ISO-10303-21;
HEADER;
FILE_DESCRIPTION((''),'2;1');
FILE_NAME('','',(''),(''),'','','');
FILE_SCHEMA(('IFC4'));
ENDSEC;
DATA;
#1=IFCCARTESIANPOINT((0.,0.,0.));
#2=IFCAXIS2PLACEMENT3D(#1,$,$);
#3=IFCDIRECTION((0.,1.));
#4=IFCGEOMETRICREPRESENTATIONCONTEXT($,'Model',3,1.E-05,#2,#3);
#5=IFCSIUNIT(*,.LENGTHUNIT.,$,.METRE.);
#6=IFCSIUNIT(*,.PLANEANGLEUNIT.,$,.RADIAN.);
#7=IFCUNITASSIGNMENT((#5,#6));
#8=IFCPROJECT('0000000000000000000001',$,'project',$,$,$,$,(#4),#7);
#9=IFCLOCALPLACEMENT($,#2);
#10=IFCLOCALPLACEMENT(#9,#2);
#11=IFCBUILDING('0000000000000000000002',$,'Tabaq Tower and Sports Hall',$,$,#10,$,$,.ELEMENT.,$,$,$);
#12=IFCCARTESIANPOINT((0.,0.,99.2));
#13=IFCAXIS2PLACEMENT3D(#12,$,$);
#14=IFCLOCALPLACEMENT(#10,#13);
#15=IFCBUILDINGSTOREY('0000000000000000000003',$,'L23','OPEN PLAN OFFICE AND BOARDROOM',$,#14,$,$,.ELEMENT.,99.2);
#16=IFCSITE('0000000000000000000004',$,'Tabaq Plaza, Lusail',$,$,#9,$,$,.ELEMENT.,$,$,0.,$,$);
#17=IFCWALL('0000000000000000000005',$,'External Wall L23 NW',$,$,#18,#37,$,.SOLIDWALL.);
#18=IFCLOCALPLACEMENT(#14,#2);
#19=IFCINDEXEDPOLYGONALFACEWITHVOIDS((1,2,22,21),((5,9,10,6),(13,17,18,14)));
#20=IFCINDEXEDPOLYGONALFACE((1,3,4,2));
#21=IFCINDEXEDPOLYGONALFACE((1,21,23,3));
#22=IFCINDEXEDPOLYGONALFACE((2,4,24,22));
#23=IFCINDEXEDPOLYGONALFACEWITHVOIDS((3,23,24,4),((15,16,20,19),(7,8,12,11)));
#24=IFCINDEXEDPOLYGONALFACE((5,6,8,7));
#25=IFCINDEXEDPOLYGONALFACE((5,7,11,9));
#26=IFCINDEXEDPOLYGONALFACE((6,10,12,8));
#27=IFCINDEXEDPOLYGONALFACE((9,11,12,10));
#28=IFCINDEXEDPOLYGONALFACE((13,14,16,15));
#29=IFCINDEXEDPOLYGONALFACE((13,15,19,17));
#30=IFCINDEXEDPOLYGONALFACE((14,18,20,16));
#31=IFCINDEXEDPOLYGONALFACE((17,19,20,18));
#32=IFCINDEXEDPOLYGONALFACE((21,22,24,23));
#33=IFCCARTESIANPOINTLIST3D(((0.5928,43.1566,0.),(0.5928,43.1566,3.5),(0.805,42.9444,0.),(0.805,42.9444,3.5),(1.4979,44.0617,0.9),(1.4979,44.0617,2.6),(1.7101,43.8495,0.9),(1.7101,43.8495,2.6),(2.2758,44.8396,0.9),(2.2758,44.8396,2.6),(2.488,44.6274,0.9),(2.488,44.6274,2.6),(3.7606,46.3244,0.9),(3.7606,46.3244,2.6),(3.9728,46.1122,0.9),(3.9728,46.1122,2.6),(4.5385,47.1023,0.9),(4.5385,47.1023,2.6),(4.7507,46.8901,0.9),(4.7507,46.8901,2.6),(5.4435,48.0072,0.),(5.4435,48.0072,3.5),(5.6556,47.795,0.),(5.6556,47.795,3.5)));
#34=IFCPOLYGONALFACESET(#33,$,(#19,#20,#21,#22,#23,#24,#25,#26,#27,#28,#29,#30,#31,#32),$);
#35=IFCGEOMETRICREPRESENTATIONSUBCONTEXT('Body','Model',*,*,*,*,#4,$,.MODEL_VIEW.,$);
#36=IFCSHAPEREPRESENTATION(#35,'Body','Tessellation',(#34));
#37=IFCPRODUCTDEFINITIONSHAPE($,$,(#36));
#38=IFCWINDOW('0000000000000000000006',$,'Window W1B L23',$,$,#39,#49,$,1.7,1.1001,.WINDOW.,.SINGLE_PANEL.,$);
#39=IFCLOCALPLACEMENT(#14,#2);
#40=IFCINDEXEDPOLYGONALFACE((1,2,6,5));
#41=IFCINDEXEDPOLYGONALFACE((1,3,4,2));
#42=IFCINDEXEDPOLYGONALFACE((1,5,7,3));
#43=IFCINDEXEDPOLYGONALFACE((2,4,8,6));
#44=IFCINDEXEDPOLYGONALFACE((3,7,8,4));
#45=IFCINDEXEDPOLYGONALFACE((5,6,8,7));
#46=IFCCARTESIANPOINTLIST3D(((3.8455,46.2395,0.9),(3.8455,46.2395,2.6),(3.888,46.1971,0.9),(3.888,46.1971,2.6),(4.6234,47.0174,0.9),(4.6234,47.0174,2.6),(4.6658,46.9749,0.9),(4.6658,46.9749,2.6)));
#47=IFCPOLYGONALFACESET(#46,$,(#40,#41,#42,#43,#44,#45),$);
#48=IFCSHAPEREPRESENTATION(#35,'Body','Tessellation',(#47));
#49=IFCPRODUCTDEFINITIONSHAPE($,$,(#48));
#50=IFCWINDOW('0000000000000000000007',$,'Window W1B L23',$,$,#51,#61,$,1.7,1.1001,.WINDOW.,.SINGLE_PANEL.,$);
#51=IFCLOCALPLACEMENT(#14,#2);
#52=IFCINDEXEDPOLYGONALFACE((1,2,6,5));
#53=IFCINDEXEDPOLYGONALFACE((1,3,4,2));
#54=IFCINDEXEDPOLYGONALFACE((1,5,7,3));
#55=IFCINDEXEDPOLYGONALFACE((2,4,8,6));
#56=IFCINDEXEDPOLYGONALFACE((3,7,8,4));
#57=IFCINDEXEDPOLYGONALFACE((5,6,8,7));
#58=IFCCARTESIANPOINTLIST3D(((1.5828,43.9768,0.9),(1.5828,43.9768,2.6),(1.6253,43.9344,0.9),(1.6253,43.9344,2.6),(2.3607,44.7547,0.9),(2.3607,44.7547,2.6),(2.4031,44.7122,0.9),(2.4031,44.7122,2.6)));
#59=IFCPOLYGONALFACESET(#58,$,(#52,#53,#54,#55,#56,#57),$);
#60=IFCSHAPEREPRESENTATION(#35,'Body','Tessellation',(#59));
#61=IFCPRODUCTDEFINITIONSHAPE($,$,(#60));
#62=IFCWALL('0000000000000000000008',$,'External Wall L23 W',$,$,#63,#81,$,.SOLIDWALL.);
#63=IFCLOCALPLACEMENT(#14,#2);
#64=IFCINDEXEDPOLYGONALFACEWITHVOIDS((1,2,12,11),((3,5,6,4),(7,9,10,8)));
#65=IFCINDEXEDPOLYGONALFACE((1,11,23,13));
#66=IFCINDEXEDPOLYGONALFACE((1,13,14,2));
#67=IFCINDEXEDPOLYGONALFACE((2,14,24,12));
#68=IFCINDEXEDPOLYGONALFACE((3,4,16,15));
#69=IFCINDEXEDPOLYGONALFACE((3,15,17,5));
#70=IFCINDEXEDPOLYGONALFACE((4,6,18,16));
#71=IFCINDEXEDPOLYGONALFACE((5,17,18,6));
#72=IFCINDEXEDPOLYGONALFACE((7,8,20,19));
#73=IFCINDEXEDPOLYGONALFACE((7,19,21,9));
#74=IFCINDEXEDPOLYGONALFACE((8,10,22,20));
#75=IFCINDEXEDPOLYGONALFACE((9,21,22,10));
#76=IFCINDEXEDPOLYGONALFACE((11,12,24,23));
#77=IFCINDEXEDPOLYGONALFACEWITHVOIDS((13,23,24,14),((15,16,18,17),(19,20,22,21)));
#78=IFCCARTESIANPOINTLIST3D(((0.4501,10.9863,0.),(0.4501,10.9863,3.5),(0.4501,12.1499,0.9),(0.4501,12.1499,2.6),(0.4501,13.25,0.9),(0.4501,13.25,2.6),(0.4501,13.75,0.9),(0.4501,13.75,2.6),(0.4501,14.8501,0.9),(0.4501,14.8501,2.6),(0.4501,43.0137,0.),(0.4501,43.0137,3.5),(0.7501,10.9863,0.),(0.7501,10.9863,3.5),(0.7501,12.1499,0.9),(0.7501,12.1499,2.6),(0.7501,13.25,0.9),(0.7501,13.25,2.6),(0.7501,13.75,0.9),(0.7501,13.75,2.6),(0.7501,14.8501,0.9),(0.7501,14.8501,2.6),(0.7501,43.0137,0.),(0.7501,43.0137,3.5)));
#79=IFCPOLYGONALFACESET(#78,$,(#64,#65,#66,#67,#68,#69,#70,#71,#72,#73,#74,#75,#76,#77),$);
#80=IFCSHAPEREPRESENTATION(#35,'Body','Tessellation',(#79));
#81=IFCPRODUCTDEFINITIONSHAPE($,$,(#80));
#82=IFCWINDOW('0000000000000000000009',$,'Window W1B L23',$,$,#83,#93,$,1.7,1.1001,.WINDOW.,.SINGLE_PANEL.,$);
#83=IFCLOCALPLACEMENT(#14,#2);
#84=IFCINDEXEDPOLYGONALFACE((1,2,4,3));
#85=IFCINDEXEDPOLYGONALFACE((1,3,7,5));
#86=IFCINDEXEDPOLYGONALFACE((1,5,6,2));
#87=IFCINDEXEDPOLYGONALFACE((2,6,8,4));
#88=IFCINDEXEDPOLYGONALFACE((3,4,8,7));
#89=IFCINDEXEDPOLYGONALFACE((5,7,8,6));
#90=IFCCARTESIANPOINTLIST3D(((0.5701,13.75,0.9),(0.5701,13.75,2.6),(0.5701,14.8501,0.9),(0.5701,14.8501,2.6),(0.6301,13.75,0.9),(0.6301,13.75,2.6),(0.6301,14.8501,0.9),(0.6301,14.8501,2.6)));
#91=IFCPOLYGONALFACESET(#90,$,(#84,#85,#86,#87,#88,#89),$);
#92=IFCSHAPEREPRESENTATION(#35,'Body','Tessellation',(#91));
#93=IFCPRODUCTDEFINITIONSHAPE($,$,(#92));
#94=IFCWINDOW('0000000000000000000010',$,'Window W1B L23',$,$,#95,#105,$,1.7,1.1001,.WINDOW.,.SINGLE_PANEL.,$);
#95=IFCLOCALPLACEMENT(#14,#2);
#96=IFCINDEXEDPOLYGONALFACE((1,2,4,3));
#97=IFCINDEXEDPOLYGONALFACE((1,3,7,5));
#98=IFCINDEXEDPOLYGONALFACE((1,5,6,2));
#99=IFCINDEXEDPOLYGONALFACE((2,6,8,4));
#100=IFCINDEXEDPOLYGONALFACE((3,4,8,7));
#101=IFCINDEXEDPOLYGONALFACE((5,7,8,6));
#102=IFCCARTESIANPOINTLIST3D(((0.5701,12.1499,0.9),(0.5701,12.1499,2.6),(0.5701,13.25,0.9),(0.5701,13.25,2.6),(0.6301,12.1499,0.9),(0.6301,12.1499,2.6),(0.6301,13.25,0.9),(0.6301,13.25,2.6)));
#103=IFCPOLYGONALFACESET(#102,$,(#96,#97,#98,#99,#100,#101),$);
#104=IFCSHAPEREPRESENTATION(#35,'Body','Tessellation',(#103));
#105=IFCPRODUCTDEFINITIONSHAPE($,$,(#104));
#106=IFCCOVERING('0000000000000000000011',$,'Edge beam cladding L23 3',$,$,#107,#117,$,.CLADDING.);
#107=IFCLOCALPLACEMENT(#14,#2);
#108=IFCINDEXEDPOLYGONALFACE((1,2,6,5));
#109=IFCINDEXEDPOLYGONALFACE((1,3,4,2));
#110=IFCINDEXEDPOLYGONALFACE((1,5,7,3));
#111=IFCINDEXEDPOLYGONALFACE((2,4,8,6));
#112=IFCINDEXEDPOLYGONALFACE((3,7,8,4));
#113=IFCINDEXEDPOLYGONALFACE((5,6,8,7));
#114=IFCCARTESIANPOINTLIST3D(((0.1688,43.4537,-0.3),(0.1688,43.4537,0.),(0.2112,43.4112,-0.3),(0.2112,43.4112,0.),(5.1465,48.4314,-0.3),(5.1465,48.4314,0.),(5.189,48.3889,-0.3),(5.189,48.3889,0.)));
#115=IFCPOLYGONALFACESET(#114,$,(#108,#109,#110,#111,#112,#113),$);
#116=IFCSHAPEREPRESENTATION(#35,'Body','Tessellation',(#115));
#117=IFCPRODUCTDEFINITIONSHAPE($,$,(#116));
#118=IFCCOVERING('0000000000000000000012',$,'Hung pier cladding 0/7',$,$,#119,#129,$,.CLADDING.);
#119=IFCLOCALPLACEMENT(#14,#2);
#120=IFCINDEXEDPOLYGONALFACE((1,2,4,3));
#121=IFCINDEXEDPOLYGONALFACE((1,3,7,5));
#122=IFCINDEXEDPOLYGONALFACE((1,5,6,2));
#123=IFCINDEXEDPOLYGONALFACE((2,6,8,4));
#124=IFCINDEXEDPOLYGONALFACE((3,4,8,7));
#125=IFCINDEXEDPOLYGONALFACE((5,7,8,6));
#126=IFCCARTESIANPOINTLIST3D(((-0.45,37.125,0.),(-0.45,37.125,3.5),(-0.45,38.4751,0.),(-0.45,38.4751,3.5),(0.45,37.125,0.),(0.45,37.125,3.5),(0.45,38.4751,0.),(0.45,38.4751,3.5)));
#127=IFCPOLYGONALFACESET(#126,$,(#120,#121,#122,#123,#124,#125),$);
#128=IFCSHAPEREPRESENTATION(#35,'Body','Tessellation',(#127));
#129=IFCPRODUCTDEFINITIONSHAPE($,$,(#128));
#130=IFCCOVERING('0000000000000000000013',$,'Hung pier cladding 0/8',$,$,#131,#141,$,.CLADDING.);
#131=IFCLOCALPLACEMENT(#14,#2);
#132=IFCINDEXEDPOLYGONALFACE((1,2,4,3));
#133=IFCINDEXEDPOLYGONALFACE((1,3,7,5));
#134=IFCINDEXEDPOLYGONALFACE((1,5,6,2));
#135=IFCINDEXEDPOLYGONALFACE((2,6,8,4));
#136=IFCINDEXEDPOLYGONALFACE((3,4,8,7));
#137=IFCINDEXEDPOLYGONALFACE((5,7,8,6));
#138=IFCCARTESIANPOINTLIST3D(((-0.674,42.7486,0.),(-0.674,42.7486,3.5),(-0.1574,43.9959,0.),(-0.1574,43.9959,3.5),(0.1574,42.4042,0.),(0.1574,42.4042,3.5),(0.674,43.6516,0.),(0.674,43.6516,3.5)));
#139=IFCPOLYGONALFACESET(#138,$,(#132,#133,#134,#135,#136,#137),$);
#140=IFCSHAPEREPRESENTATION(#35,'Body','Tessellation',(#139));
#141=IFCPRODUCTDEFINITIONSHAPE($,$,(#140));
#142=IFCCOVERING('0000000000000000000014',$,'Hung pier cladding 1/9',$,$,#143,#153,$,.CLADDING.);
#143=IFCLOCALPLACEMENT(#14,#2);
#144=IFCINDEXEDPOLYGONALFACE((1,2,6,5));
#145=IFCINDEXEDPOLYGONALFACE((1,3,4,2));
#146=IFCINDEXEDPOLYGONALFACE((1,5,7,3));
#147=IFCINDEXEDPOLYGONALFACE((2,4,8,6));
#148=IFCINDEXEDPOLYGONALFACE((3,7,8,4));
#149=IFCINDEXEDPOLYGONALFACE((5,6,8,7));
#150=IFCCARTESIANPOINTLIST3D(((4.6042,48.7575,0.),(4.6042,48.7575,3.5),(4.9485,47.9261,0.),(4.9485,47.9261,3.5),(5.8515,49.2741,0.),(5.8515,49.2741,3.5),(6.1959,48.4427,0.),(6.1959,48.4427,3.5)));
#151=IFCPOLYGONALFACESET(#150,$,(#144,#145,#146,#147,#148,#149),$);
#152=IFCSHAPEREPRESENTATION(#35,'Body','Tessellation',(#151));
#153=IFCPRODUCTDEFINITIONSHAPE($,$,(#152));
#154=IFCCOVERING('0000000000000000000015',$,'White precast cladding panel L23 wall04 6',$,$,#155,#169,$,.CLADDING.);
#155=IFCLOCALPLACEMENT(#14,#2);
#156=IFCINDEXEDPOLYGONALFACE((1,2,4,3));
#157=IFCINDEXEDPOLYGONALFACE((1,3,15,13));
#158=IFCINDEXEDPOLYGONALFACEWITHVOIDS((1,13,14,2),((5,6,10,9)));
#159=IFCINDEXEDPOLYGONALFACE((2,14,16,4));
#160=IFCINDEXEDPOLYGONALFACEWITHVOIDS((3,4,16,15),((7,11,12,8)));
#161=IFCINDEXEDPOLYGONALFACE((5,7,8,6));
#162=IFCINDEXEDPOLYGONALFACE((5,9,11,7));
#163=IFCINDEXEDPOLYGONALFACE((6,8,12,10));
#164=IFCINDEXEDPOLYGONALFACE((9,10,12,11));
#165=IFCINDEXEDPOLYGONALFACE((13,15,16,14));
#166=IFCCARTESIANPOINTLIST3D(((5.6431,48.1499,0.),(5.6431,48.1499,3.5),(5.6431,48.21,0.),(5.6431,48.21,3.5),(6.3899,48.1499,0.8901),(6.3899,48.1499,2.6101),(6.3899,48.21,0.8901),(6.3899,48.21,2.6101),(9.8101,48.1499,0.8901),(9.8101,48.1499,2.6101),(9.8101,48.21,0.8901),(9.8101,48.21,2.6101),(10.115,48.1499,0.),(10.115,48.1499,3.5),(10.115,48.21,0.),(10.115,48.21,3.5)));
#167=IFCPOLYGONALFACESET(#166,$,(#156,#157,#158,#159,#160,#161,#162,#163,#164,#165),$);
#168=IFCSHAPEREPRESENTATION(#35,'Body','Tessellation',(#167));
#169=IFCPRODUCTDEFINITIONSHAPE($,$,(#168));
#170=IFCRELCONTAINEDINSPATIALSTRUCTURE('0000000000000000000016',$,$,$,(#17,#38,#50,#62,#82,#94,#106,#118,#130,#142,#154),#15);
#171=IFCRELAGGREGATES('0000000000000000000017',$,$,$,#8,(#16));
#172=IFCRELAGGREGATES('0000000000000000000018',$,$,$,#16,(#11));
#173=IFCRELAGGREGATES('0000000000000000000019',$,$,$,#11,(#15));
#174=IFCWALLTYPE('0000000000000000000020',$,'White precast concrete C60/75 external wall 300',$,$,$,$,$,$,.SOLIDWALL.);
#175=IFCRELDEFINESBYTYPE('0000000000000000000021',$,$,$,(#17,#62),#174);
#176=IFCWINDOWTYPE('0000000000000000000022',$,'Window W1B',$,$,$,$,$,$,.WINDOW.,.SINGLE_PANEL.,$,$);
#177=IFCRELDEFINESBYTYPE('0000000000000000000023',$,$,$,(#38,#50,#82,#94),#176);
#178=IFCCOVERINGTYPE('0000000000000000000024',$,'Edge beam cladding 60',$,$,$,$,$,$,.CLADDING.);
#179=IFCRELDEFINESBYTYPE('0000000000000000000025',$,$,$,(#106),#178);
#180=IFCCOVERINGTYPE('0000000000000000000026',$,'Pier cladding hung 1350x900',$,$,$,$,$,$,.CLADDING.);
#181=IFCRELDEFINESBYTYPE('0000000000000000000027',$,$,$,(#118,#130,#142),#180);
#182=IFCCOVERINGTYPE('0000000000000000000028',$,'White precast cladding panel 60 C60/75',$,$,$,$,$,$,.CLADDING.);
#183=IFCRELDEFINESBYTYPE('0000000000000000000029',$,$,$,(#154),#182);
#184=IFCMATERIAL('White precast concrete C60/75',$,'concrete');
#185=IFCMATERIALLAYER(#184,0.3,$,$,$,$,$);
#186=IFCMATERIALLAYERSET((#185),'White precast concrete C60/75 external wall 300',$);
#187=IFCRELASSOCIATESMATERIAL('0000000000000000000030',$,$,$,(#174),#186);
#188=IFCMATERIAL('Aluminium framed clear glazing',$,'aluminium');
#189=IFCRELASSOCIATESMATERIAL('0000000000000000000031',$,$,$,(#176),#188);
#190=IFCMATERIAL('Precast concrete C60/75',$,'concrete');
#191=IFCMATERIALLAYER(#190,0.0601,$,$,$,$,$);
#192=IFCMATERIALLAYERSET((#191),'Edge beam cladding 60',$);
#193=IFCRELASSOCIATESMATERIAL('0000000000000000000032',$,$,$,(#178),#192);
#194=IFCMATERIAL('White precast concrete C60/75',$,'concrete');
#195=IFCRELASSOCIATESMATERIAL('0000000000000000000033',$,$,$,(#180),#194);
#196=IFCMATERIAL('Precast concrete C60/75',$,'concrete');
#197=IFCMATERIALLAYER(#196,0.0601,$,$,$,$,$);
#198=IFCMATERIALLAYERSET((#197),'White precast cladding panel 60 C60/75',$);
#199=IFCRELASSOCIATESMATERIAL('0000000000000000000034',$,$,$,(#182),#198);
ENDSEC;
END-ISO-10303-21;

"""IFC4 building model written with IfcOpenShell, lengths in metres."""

from ifc_helpers import new_model, si_unit, direction, frame, frame_2d, origin, place, context, subcontext, project, spatial, polyline, rectangle, outline, extrude, material, layer, layer_set, type_object, element, fill, save


model = new_model("IFC4")

# Units and contexts
model_context = context("Model", 3, precision=1e-05, world=origin(), true_north=direction((0.0, 1.0)))
body_context = subcontext(model_context, "Body", "Model", "MODEL_VIEW")
ifc_project = project(units=[si_unit("LENGTHUNIT", "METRE"), si_unit("PLANEANGLEUNIT", "RADIAN")], contexts=[model_context])

# Site, building, storey
site_placement = place(None, origin())
site = spatial("IfcSite", under=ifc_project, at=site_placement, Name="Tabaq Plaza, Lusail", CompositionType="ELEMENT", RefElevation=0.0)
building_placement = place(site_placement, origin())
building = spatial("IfcBuilding", under=site, at=building_placement, Name="Tabaq Tower and Sports Hall", CompositionType="ELEMENT")
storey_placement = place(building_placement, frame((0.0, 0.0, 99.2)))
storey = spatial("IfcBuildingStorey", under=building, at=storey_placement, Name="L23", Description="OPEN PLAN OFFICE AND BOARDROOM", CompositionType="ELEMENT", Elevation=99.2)

# Walls, openings, windows
ifc_material_1 = material(Name="White precast concrete C60/75", Category="concrete")
ifc_layer_1 = layer(ifc_material_1, 0.3)
ifc_layer_set_1 = layer_set([ifc_layer_1], Name="White precast concrete C60/75 external wall 300")
wall_type_1 = type_object("IfcWallType", Name="White precast concrete C60/75 external wall 300", PredefinedType="SOLIDWALL", material=ifc_layer_set_1)
wall_1_placement = place(storey_placement, frame((5.5496, 47.9011, 0.0), z_axis=(0.0, 0.0, 1.0), x_axis=(-0.707107, -0.707107, 0.0)))
wall_1 = element("IfcWall", 1, at=wall_1_placement, inside=storey, type_object=wall_type_1, Name="External Wall L23 NW", PredefinedType="SOLIDWALL", context=body_context, shape_type="SweptSolid", body=[
    extrude(rectangle(XDim=6.8599, YDim=0.3, at=frame_2d((3.4299, 0.0))), origin(), (0.0, 0.0, 1.0), 3.5),
])
opening_1_placement = place(wall_1_placement, frame((1.2798, 0.0, 0.8999)))
opening_1 = element("IfcOpeningElement", 2, at=opening_1_placement, cuts=wall_1, PredefinedType="OPENING", context=body_context, shape_type="SweptSolid", body=[
    extrude(rectangle(XDim=1.1001, YDim=1.7, at=frame_2d((0.55, 0.8501))), frame((0.0, 0.1602, 0.0), z_axis=(0.0, -1.0, 0.0), x_axis=(1.0, 0.0, 0.0)), (0.0, 0.0, 1.0), 0.3201),
])
opening_2_placement = place(wall_1_placement, frame((4.4797, 0.0, 0.8999)))
opening_2 = element("IfcOpeningElement", 3, at=opening_2_placement, cuts=wall_1, PredefinedType="OPENING", context=body_context, shape_type="SweptSolid", body=[
    extrude(rectangle(XDim=1.1001, YDim=1.7, at=frame_2d((0.55, 0.8501))), frame((0.0, 0.1602, 0.0), z_axis=(0.0, -1.0, 0.0), x_axis=(1.0, 0.0, 0.0)), (0.0, 0.0, 1.0), 0.3201),
])
ifc_material_2 = material(Name="Aluminium framed clear glazing", Category="aluminium")
window_type = type_object("IfcWindowType", Name="Window W1B", PartitioningType="SINGLE_PANEL", PredefinedType="WINDOW", material=ifc_material_2)
window_1_placement = place(opening_1_placement, origin())
window_1 = element("IfcWindow", 4, at=window_1_placement, inside=storey, type_object=window_type, Name="Window W1B L23", OverallHeight=1.7, OverallWidth=1.1001, PartitioningType="SINGLE_PANEL", PredefinedType="WINDOW", context=body_context, shape_type="SweptSolid", body=[
    extrude(rectangle(XDim=1.1001, YDim=1.7, at=frame_2d((0.55, 0.8501))), frame((0.0, 0.03, 0.0), z_axis=(0.0, -1.0, 0.0), x_axis=(1.0, 0.0, 0.0)), (0.0, 0.0, 1.0), 0.0601),
])
fill(opening_1, window_1)
window_2_placement = place(opening_2_placement, origin())
window_2 = element("IfcWindow", 5, at=window_2_placement, inside=storey, type_object=window_type, Name="Window W1B L23", OverallHeight=1.7, OverallWidth=1.1001, PartitioningType="SINGLE_PANEL", PredefinedType="WINDOW", context=body_context, shape_type="SweptSolid", body=[
    extrude(rectangle(XDim=1.1001, YDim=1.7, at=frame_2d((0.55, 0.8501))), frame((0.0, 0.03, 0.0), z_axis=(0.0, -1.0, 0.0), x_axis=(1.0, 0.0, 0.0)), (0.0, 0.0, 1.0), 0.0601),
])
fill(opening_2, window_2)
wall_2_placement = place(storey_placement, frame((0.6001, 43.0137, 0.0), z_axis=(0.0, 0.0, 1.0), x_axis=(0.0, -1.0, 0.0)))
wall_2 = element("IfcWall", 6, at=wall_2_placement, inside=storey, type_object=wall_type_1, Name="External Wall L23 W", PredefinedType="SOLIDWALL", context=body_context, shape_type="SweptSolid", body=[
    extrude(rectangle(XDim=32.0273, YDim=0.3, at=frame_2d((16.0137, 0.0))), origin(), (0.0, 0.0, 1.0), 3.5),
])
opening_3_placement = place(wall_2_placement, frame((28.1636, 0.0, 0.8999)))
opening_3 = element("IfcOpeningElement", 7, at=opening_3_placement, cuts=wall_2, PredefinedType="OPENING", context=body_context, shape_type="SweptSolid", body=[
    extrude(rectangle(XDim=1.1001, YDim=1.7, at=frame_2d((0.55, 0.8501))), frame((0.0, 0.1602, 0.0), z_axis=(0.0, -1.0, 0.0), x_axis=(1.0, 0.0, 0.0)), (0.0, 0.0, 1.0), 0.3201),
])
opening_4_placement = place(wall_2_placement, frame((29.7637, 0.0, 0.8999)))
opening_4 = element("IfcOpeningElement", 8, at=opening_4_placement, cuts=wall_2, PredefinedType="OPENING", context=body_context, shape_type="SweptSolid", body=[
    extrude(rectangle(XDim=1.1001, YDim=1.7, at=frame_2d((0.55, 0.8501))), frame((0.0, 0.1602, 0.0), z_axis=(0.0, -1.0, 0.0), x_axis=(1.0, 0.0, 0.0)), (0.0, 0.0, 1.0), 0.3201),
])
window_3_placement = place(opening_3_placement, origin())
window_3 = element("IfcWindow", 9, at=window_3_placement, inside=storey, type_object=window_type, Name="Window W1B L23", OverallHeight=1.7, OverallWidth=1.1001, PartitioningType="SINGLE_PANEL", PredefinedType="WINDOW", context=body_context, shape_type="SweptSolid", body=[
    extrude(rectangle(XDim=1.1001, YDim=1.7, at=frame_2d((0.55, 0.8501))), frame((0.0, 0.03, 0.0), z_axis=(0.0, -1.0, 0.0), x_axis=(1.0, 0.0, 0.0)), (0.0, 0.0, 1.0), 0.0601),
])
fill(opening_3, window_3)
window_4_placement = place(opening_4_placement, origin())
window_4 = element("IfcWindow", 10, at=window_4_placement, inside=storey, type_object=window_type, Name="Window W1B L23", OverallHeight=1.7, OverallWidth=1.1001, PartitioningType="SINGLE_PANEL", PredefinedType="WINDOW", context=body_context, shape_type="SweptSolid", body=[
    extrude(rectangle(XDim=1.1001, YDim=1.7, at=frame_2d((0.55, 0.8501))), frame((0.0, 0.03, 0.0), z_axis=(0.0, -1.0, 0.0), x_axis=(1.0, 0.0, 0.0)), (0.0, 0.0, 1.0), 0.0601),
])
fill(opening_4, window_4)

# Coverings
ifc_material_3 = material(Name="Precast concrete C60/75", Category="concrete")
ifc_layer_2 = layer(ifc_material_3, 0.0601)
ifc_layer_set_2 = layer_set([ifc_layer_2], Name="Edge beam cladding 60")
covering_type_1 = type_object("IfcCoveringType", Name="Edge beam cladding 60", PredefinedType="CLADDING", material=ifc_layer_set_2)
covering_1_placement = place(storey_placement, frame((5.1677, 48.4102, -0.3), z_axis=(0.0, 0.0, 1.0), x_axis=(-0.707107, -0.707107, 0.0)))
element("IfcCovering", 11, at=covering_1_placement, inside=storey, type_object=covering_type_1, Name="Edge beam cladding L23 3", PredefinedType="CLADDING", context=body_context, shape_type="SweptSolid", body=[
    extrude(rectangle(XDim=7.0396, YDim=0.0601, at=frame_2d((3.5198, 0.0))), origin(), (0.0, 0.0, 1.0), 0.3),
])
ifc_material_4 = material(Name="White precast concrete C60/75", Category="concrete")
covering_type_2 = type_object("IfcCoveringType", Name="Pier cladding hung 1350x900", PredefinedType="CLADDING", material=ifc_material_4)
for number, where, z_axis, x_axis, name in (
    (12, (0.0, 38.4751, 0.0), (0.0, 0.0, 1.0), (0.0, -1.0, 0.0), "Hung pier cladding 0/7"),
    (13, (0.2583, 43.8237, 0.0), (0.0, 0.0, 1.0), (-0.38265, -0.923893, 0.0), "Hung pier cladding 0/8"),
    (14, (6.0237, 48.8584, 0.0), (0.0, 0.0, 1.0), (-0.923893, -0.38265, 0.0), "Hung pier cladding 1/9"),
):
    element("IfcCovering", number, at=place(storey_placement, frame(where, z_axis=z_axis, x_axis=x_axis)), inside=storey, type_object=covering_type_2, Name=name, PredefinedType="CLADDING", context=body_context, shape_type="SweptSolid", body=[
        extrude(rectangle(XDim=1.3501, YDim=0.8999, at=frame_2d((0.675, 0.0))), origin(), (0.0, 0.0, 1.0), 3.5),
    ])
ifc_material_5 = material(Name="Precast concrete C60/75", Category="concrete")
ifc_layer_3 = layer(ifc_material_5, 0.0601)
ifc_layer_set_3 = layer_set([ifc_layer_3], Name="White precast cladding panel 60 C60/75")
covering_type_3 = type_object("IfcCoveringType", Name="White precast cladding panel 60 C60/75", PredefinedType="CLADDING", material=ifc_layer_set_3)
covering_2_placement = place(storey_placement, frame((10.115, 48.1799, 0.0), z_axis=(0.0, 0.0, 1.0), x_axis=(-1.0, 0.0, 0.0)))
element("IfcCovering", 15, at=covering_2_placement, inside=storey, type_object=covering_type_3, Name="White precast cladding panel L23 wall04 6", PredefinedType="CLADDING", context=body_context, shape_type="SweptSolid", body=[
    extrude(outline(polyline([(0.0, 0.0), (4.4719, 0.0), (4.4719, 3.5), (0.0, 3.5), (0.0, 0.0)]), holes=[polyline([(0.3049, 0.8901), (0.3049, 2.6101), (3.7251, 2.6101), (3.7251, 0.8901), (0.3049, 0.8901)])]), frame((0.0, 0.03, 0.0), z_axis=(0.0, -1.0, 0.0), x_axis=(1.0, 0.0, 0.0)), (0.0, 0.0, 1.0), 0.0601),
])

save(model, "model.ifc")
